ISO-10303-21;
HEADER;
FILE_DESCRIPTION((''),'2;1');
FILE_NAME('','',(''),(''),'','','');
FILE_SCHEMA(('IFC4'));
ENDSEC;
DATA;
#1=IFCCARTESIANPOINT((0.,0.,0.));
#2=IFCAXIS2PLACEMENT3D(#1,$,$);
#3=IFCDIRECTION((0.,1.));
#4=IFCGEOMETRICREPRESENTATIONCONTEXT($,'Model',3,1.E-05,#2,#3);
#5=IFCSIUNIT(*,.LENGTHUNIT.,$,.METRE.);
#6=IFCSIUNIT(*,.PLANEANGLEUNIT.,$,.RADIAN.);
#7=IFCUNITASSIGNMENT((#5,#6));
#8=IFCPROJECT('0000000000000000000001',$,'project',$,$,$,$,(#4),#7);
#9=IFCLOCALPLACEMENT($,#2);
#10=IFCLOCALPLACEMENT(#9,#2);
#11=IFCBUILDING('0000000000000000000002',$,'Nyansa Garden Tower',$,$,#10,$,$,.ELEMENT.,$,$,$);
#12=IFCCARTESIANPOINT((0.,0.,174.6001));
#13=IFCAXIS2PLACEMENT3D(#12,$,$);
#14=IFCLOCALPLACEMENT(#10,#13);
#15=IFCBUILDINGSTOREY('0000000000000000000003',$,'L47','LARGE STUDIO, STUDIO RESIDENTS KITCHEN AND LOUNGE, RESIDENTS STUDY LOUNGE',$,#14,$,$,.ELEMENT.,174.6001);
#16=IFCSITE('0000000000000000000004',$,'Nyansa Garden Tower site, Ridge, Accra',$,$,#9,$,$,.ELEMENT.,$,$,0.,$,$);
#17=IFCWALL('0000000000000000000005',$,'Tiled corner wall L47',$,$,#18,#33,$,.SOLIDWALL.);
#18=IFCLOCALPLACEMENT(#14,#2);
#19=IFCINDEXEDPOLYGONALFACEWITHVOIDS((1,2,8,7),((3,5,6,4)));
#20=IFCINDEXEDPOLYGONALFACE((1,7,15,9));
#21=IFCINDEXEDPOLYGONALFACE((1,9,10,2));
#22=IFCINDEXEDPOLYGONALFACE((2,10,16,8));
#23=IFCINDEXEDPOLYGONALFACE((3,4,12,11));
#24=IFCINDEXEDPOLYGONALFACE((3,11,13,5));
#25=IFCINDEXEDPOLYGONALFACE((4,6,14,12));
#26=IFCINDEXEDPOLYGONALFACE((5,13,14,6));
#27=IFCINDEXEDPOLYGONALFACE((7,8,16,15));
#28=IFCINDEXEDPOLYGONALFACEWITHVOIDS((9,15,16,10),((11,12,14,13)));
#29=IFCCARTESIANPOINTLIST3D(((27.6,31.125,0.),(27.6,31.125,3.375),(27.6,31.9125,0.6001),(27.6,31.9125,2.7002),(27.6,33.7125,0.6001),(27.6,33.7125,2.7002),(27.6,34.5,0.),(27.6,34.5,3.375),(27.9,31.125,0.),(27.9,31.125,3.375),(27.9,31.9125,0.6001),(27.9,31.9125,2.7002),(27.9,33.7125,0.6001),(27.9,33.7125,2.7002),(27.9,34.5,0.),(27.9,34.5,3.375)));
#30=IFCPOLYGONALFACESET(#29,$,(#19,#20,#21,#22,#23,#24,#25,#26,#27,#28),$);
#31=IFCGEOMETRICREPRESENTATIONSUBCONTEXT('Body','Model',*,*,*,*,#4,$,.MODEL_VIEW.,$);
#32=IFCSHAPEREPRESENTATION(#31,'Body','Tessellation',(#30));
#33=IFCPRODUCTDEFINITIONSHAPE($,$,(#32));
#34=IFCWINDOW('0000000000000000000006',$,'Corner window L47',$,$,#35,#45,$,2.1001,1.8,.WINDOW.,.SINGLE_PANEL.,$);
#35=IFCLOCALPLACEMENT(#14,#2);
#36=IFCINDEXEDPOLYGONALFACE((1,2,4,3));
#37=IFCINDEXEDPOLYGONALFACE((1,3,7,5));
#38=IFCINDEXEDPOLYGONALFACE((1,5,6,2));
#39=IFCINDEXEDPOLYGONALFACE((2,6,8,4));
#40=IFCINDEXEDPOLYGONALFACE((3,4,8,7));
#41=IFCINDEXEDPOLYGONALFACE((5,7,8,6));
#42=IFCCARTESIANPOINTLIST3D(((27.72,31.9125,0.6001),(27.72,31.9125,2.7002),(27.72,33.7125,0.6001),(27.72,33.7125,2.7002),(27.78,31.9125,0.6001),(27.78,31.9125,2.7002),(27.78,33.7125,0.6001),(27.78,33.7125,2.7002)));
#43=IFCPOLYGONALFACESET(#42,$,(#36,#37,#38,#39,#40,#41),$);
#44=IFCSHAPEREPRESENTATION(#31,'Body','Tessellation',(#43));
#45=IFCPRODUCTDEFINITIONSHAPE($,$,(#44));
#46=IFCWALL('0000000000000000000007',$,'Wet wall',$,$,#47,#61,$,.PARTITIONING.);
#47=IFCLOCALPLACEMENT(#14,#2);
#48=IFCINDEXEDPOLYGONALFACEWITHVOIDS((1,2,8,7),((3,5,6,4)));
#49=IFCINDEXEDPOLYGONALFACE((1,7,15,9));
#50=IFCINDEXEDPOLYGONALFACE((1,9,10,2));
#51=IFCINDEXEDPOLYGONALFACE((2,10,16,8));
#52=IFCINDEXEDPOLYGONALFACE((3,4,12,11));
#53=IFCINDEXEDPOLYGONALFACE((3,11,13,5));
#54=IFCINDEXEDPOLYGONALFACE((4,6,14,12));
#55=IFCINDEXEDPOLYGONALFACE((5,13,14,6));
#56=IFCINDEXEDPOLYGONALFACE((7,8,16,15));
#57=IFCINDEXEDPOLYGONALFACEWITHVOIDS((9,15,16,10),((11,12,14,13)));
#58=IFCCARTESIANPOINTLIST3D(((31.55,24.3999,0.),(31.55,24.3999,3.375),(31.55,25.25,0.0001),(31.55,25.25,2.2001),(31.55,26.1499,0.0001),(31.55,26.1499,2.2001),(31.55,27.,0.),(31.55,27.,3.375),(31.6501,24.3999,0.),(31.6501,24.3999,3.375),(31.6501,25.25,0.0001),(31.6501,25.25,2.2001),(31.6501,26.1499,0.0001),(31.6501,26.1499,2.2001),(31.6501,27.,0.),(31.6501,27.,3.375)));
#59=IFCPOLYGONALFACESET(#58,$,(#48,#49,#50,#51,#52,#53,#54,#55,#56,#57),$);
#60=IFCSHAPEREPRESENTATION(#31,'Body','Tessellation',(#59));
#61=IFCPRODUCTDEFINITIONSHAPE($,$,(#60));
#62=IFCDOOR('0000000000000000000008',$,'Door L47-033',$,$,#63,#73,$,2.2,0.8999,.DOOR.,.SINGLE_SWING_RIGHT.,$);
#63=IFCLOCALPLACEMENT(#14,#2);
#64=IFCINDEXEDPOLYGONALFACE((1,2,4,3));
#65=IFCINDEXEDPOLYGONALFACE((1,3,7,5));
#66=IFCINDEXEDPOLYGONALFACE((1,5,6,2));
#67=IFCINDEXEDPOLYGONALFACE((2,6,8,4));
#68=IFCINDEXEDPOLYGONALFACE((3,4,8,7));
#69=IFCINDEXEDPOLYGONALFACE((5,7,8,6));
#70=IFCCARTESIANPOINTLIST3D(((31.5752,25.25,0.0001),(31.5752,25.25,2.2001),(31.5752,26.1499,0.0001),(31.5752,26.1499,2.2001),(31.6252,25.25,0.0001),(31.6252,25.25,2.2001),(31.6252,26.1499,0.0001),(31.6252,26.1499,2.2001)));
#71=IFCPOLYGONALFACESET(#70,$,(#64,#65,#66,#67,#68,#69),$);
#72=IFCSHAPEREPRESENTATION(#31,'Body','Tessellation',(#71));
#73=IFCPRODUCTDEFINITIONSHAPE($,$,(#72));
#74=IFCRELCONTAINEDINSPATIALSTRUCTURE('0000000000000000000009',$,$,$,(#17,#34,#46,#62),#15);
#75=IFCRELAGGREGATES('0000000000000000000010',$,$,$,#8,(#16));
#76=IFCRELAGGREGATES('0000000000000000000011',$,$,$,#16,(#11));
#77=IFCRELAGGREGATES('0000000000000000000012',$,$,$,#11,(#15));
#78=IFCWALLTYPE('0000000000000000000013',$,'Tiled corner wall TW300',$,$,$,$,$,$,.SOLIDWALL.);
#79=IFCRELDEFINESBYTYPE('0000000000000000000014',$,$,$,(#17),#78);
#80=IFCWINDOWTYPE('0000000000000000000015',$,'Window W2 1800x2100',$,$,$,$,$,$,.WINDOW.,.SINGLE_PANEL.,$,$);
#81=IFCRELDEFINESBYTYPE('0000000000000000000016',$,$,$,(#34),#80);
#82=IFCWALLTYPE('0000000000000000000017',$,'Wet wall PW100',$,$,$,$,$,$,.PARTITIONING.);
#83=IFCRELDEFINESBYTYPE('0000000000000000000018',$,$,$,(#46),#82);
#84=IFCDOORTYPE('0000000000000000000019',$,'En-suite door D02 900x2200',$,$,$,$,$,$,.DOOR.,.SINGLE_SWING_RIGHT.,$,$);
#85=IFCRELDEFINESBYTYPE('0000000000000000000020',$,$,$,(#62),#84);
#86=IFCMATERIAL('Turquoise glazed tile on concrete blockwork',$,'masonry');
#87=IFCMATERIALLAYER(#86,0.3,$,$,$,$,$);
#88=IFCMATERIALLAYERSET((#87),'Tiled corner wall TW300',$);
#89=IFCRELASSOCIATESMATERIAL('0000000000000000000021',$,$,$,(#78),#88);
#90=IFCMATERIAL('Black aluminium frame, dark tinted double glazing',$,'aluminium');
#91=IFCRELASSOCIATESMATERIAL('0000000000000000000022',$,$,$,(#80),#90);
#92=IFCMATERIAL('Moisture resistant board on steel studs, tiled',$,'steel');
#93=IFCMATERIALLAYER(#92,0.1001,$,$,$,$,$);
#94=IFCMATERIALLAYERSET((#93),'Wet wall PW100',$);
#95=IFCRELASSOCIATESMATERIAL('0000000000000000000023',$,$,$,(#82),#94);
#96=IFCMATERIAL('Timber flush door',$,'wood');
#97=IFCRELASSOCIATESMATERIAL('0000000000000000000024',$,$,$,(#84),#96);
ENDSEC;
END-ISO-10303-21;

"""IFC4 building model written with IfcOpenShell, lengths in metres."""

from ifc_helpers import new_model, si_unit, direction, frame, frame_2d, origin, place, context, subcontext, project, spatial, rectangle, extrude, material, layer, layer_set, type_object, element, fill, save


model = new_model("IFC4")

# Units and contexts
model_context = context("Model", 3, precision=1e-05, world=origin(), true_north=direction((0.0, 1.0)))
body_context = subcontext(model_context, "Body", "Model", "MODEL_VIEW")
ifc_project = project(units=[si_unit("LENGTHUNIT", "METRE"), si_unit("PLANEANGLEUNIT", "RADIAN")], contexts=[model_context])

# Site, building, storey
site_placement = place(None, origin())
site = spatial("IfcSite", under=ifc_project, at=site_placement, Name="Nyansa Garden Tower site, Ridge, Accra", CompositionType="ELEMENT", RefElevation=0.0)
building_placement = place(site_placement, origin())
building = spatial("IfcBuilding", under=site, at=building_placement, Name="Nyansa Garden Tower", CompositionType="ELEMENT")
storey_placement = place(building_placement, frame((0.0, 0.0, 174.6001)))
storey = spatial("IfcBuildingStorey", under=building, at=storey_placement, Name="L47", Description="LARGE STUDIO, STUDIO RESIDENTS KITCHEN AND LOUNGE, RESIDENTS STUDY LOUNGE", CompositionType="ELEMENT", Elevation=174.6001)

# Wall, opening, window
ifc_material_1 = material(Name="Turquoise glazed tile on concrete blockwork", Category="masonry")
ifc_layer_1 = layer(ifc_material_1, 0.3)
ifc_layer_set_1 = layer_set([ifc_layer_1], Name="Tiled corner wall TW300")
wall_type_1 = type_object("IfcWallType", Name="Tiled corner wall TW300", PredefinedType="SOLIDWALL", material=ifc_layer_set_1)
ifc_material_2 = material(Name="Black aluminium frame, dark tinted double glazing", Category="aluminium")
window_type_1 = type_object("IfcWindowType", Name="Window W2 1800x2100", PartitioningType="SINGLE_PANEL", PredefinedType="WINDOW", material=ifc_material_2)
wall_1_placement = place(storey_placement, frame((27.75, 31.125, 0.0), z_axis=(0.0, 0.0, 1.0), x_axis=(0.0, 1.0, 0.0)))
wall_1 = element("IfcWall", 1, at=wall_1_placement, inside=storey, type_object=wall_type_1, Name="Tiled corner wall L47", PredefinedType="SOLIDWALL", context=body_context, shape_type="SweptSolid", body=[
    extrude(rectangle(XDim=3.375, YDim=0.3, at=frame_2d((1.6875, 0.0))), origin(), (0.0, 0.0, 1.0), 3.375),
])
opening_1_placement = place(wall_1_placement, frame((0.7876, 0.0, 0.6001)))
opening_1 = element("IfcOpeningElement", 2, at=opening_1_placement, cuts=wall_1, PredefinedType="OPENING", context=body_context, shape_type="SweptSolid", body=[
    extrude(rectangle(XDim=1.8, YDim=2.1001, at=frame_2d((0.8999, 1.05))), frame((0.0, 0.1599, 0.0), z_axis=(0.0, -1.0, 0.0), x_axis=(1.0, 0.0, 0.0)), (0.0, 0.0, 1.0), 0.3201),
])
window_1_placement = place(opening_1_placement, origin())
window_1 = element("IfcWindow", 3, at=window_1_placement, inside=storey, type_object=window_type_1, Name="Corner window L47", OverallHeight=2.1001, OverallWidth=1.8, PartitioningType="SINGLE_PANEL", PredefinedType="WINDOW", context=body_context, shape_type="SweptSolid", body=[
    extrude(rectangle(XDim=1.8, YDim=2.1001, at=frame_2d((0.8999, 1.05))), frame((0.0, 0.03, 0.0), z_axis=(0.0, -1.0, 0.0), x_axis=(1.0, 0.0, 0.0)), (0.0, 0.0, 1.0), 0.0601),
])
fill(opening_1, window_1)

# Wall, opening, door
ifc_material_3 = material(Name="Moisture resistant board on steel studs, tiled", Category="steel")
ifc_layer_2 = layer(ifc_material_3, 0.1001)
ifc_layer_set_2 = layer_set([ifc_layer_2], Name="Wet wall PW100")
wall_type_2 = type_object("IfcWallType", Name="Wet wall PW100", PredefinedType="PARTITIONING", material=ifc_layer_set_2)
wall_2_placement = place(storey_placement, frame((31.6001, 24.3999, 0.0), z_axis=(0.0, 0.0, 1.0), x_axis=(0.0, 1.0, 0.0)))
wall_2 = element("IfcWall", 4, at=wall_2_placement, inside=storey, type_object=wall_type_2, Name="Wet wall", PredefinedType="PARTITIONING", context=body_context, shape_type="SweptSolid", body=[
    extrude(rectangle(XDim=2.6001, YDim=0.1001, at=frame_2d((1.3, 0.0))), origin(), (0.0, 0.0, 1.0), 3.375),
])
opening_2_placement = place(wall_2_placement, frame((0.8501, 0.0, 0.0)))
opening_2 = element("IfcOpeningElement", 5, at=opening_2_placement, cuts=wall_2, PredefinedType="OPENING", context=body_context, shape_type="SweptSolid", body=[
    extrude(rectangle(XDim=0.8999, YDim=2.2, at=frame_2d((0.45, 1.1001))), frame((0.0, 0.0601, 0.0), z_axis=(0.0, -1.0, 0.0), x_axis=(1.0, 0.0, 0.0)), (0.0, 0.0, 1.0), 0.1201),
])
ifc_material_4 = material(Name="Timber flush door", Category="wood")
door_type_1 = type_object("IfcDoorType", Name="En-suite door D02 900x2200", OperationType="SINGLE_SWING_RIGHT", PredefinedType="DOOR", material=ifc_material_4)
door_1_placement = place(opening_2_placement, origin())
door_1 = element("IfcDoor", 6, at=door_1_placement, inside=storey, type_object=door_type_1, Name="Door L47-033", OperationType="SINGLE_SWING_RIGHT", OverallHeight=2.2, OverallWidth=0.8999, PredefinedType="DOOR", context=body_context, shape_type="SweptSolid", body=[
    extrude(rectangle(XDim=0.8999, YDim=2.2, at=frame_2d((0.45, 1.1001))), frame((0.0, 0.0249, 0.0), z_axis=(0.0, -1.0, 0.0), x_axis=(1.0, 0.0, 0.0)), (0.0, 0.0, 1.0), 0.05),
])
fill(opening_2, door_1)

save(model, "model.ifc")
